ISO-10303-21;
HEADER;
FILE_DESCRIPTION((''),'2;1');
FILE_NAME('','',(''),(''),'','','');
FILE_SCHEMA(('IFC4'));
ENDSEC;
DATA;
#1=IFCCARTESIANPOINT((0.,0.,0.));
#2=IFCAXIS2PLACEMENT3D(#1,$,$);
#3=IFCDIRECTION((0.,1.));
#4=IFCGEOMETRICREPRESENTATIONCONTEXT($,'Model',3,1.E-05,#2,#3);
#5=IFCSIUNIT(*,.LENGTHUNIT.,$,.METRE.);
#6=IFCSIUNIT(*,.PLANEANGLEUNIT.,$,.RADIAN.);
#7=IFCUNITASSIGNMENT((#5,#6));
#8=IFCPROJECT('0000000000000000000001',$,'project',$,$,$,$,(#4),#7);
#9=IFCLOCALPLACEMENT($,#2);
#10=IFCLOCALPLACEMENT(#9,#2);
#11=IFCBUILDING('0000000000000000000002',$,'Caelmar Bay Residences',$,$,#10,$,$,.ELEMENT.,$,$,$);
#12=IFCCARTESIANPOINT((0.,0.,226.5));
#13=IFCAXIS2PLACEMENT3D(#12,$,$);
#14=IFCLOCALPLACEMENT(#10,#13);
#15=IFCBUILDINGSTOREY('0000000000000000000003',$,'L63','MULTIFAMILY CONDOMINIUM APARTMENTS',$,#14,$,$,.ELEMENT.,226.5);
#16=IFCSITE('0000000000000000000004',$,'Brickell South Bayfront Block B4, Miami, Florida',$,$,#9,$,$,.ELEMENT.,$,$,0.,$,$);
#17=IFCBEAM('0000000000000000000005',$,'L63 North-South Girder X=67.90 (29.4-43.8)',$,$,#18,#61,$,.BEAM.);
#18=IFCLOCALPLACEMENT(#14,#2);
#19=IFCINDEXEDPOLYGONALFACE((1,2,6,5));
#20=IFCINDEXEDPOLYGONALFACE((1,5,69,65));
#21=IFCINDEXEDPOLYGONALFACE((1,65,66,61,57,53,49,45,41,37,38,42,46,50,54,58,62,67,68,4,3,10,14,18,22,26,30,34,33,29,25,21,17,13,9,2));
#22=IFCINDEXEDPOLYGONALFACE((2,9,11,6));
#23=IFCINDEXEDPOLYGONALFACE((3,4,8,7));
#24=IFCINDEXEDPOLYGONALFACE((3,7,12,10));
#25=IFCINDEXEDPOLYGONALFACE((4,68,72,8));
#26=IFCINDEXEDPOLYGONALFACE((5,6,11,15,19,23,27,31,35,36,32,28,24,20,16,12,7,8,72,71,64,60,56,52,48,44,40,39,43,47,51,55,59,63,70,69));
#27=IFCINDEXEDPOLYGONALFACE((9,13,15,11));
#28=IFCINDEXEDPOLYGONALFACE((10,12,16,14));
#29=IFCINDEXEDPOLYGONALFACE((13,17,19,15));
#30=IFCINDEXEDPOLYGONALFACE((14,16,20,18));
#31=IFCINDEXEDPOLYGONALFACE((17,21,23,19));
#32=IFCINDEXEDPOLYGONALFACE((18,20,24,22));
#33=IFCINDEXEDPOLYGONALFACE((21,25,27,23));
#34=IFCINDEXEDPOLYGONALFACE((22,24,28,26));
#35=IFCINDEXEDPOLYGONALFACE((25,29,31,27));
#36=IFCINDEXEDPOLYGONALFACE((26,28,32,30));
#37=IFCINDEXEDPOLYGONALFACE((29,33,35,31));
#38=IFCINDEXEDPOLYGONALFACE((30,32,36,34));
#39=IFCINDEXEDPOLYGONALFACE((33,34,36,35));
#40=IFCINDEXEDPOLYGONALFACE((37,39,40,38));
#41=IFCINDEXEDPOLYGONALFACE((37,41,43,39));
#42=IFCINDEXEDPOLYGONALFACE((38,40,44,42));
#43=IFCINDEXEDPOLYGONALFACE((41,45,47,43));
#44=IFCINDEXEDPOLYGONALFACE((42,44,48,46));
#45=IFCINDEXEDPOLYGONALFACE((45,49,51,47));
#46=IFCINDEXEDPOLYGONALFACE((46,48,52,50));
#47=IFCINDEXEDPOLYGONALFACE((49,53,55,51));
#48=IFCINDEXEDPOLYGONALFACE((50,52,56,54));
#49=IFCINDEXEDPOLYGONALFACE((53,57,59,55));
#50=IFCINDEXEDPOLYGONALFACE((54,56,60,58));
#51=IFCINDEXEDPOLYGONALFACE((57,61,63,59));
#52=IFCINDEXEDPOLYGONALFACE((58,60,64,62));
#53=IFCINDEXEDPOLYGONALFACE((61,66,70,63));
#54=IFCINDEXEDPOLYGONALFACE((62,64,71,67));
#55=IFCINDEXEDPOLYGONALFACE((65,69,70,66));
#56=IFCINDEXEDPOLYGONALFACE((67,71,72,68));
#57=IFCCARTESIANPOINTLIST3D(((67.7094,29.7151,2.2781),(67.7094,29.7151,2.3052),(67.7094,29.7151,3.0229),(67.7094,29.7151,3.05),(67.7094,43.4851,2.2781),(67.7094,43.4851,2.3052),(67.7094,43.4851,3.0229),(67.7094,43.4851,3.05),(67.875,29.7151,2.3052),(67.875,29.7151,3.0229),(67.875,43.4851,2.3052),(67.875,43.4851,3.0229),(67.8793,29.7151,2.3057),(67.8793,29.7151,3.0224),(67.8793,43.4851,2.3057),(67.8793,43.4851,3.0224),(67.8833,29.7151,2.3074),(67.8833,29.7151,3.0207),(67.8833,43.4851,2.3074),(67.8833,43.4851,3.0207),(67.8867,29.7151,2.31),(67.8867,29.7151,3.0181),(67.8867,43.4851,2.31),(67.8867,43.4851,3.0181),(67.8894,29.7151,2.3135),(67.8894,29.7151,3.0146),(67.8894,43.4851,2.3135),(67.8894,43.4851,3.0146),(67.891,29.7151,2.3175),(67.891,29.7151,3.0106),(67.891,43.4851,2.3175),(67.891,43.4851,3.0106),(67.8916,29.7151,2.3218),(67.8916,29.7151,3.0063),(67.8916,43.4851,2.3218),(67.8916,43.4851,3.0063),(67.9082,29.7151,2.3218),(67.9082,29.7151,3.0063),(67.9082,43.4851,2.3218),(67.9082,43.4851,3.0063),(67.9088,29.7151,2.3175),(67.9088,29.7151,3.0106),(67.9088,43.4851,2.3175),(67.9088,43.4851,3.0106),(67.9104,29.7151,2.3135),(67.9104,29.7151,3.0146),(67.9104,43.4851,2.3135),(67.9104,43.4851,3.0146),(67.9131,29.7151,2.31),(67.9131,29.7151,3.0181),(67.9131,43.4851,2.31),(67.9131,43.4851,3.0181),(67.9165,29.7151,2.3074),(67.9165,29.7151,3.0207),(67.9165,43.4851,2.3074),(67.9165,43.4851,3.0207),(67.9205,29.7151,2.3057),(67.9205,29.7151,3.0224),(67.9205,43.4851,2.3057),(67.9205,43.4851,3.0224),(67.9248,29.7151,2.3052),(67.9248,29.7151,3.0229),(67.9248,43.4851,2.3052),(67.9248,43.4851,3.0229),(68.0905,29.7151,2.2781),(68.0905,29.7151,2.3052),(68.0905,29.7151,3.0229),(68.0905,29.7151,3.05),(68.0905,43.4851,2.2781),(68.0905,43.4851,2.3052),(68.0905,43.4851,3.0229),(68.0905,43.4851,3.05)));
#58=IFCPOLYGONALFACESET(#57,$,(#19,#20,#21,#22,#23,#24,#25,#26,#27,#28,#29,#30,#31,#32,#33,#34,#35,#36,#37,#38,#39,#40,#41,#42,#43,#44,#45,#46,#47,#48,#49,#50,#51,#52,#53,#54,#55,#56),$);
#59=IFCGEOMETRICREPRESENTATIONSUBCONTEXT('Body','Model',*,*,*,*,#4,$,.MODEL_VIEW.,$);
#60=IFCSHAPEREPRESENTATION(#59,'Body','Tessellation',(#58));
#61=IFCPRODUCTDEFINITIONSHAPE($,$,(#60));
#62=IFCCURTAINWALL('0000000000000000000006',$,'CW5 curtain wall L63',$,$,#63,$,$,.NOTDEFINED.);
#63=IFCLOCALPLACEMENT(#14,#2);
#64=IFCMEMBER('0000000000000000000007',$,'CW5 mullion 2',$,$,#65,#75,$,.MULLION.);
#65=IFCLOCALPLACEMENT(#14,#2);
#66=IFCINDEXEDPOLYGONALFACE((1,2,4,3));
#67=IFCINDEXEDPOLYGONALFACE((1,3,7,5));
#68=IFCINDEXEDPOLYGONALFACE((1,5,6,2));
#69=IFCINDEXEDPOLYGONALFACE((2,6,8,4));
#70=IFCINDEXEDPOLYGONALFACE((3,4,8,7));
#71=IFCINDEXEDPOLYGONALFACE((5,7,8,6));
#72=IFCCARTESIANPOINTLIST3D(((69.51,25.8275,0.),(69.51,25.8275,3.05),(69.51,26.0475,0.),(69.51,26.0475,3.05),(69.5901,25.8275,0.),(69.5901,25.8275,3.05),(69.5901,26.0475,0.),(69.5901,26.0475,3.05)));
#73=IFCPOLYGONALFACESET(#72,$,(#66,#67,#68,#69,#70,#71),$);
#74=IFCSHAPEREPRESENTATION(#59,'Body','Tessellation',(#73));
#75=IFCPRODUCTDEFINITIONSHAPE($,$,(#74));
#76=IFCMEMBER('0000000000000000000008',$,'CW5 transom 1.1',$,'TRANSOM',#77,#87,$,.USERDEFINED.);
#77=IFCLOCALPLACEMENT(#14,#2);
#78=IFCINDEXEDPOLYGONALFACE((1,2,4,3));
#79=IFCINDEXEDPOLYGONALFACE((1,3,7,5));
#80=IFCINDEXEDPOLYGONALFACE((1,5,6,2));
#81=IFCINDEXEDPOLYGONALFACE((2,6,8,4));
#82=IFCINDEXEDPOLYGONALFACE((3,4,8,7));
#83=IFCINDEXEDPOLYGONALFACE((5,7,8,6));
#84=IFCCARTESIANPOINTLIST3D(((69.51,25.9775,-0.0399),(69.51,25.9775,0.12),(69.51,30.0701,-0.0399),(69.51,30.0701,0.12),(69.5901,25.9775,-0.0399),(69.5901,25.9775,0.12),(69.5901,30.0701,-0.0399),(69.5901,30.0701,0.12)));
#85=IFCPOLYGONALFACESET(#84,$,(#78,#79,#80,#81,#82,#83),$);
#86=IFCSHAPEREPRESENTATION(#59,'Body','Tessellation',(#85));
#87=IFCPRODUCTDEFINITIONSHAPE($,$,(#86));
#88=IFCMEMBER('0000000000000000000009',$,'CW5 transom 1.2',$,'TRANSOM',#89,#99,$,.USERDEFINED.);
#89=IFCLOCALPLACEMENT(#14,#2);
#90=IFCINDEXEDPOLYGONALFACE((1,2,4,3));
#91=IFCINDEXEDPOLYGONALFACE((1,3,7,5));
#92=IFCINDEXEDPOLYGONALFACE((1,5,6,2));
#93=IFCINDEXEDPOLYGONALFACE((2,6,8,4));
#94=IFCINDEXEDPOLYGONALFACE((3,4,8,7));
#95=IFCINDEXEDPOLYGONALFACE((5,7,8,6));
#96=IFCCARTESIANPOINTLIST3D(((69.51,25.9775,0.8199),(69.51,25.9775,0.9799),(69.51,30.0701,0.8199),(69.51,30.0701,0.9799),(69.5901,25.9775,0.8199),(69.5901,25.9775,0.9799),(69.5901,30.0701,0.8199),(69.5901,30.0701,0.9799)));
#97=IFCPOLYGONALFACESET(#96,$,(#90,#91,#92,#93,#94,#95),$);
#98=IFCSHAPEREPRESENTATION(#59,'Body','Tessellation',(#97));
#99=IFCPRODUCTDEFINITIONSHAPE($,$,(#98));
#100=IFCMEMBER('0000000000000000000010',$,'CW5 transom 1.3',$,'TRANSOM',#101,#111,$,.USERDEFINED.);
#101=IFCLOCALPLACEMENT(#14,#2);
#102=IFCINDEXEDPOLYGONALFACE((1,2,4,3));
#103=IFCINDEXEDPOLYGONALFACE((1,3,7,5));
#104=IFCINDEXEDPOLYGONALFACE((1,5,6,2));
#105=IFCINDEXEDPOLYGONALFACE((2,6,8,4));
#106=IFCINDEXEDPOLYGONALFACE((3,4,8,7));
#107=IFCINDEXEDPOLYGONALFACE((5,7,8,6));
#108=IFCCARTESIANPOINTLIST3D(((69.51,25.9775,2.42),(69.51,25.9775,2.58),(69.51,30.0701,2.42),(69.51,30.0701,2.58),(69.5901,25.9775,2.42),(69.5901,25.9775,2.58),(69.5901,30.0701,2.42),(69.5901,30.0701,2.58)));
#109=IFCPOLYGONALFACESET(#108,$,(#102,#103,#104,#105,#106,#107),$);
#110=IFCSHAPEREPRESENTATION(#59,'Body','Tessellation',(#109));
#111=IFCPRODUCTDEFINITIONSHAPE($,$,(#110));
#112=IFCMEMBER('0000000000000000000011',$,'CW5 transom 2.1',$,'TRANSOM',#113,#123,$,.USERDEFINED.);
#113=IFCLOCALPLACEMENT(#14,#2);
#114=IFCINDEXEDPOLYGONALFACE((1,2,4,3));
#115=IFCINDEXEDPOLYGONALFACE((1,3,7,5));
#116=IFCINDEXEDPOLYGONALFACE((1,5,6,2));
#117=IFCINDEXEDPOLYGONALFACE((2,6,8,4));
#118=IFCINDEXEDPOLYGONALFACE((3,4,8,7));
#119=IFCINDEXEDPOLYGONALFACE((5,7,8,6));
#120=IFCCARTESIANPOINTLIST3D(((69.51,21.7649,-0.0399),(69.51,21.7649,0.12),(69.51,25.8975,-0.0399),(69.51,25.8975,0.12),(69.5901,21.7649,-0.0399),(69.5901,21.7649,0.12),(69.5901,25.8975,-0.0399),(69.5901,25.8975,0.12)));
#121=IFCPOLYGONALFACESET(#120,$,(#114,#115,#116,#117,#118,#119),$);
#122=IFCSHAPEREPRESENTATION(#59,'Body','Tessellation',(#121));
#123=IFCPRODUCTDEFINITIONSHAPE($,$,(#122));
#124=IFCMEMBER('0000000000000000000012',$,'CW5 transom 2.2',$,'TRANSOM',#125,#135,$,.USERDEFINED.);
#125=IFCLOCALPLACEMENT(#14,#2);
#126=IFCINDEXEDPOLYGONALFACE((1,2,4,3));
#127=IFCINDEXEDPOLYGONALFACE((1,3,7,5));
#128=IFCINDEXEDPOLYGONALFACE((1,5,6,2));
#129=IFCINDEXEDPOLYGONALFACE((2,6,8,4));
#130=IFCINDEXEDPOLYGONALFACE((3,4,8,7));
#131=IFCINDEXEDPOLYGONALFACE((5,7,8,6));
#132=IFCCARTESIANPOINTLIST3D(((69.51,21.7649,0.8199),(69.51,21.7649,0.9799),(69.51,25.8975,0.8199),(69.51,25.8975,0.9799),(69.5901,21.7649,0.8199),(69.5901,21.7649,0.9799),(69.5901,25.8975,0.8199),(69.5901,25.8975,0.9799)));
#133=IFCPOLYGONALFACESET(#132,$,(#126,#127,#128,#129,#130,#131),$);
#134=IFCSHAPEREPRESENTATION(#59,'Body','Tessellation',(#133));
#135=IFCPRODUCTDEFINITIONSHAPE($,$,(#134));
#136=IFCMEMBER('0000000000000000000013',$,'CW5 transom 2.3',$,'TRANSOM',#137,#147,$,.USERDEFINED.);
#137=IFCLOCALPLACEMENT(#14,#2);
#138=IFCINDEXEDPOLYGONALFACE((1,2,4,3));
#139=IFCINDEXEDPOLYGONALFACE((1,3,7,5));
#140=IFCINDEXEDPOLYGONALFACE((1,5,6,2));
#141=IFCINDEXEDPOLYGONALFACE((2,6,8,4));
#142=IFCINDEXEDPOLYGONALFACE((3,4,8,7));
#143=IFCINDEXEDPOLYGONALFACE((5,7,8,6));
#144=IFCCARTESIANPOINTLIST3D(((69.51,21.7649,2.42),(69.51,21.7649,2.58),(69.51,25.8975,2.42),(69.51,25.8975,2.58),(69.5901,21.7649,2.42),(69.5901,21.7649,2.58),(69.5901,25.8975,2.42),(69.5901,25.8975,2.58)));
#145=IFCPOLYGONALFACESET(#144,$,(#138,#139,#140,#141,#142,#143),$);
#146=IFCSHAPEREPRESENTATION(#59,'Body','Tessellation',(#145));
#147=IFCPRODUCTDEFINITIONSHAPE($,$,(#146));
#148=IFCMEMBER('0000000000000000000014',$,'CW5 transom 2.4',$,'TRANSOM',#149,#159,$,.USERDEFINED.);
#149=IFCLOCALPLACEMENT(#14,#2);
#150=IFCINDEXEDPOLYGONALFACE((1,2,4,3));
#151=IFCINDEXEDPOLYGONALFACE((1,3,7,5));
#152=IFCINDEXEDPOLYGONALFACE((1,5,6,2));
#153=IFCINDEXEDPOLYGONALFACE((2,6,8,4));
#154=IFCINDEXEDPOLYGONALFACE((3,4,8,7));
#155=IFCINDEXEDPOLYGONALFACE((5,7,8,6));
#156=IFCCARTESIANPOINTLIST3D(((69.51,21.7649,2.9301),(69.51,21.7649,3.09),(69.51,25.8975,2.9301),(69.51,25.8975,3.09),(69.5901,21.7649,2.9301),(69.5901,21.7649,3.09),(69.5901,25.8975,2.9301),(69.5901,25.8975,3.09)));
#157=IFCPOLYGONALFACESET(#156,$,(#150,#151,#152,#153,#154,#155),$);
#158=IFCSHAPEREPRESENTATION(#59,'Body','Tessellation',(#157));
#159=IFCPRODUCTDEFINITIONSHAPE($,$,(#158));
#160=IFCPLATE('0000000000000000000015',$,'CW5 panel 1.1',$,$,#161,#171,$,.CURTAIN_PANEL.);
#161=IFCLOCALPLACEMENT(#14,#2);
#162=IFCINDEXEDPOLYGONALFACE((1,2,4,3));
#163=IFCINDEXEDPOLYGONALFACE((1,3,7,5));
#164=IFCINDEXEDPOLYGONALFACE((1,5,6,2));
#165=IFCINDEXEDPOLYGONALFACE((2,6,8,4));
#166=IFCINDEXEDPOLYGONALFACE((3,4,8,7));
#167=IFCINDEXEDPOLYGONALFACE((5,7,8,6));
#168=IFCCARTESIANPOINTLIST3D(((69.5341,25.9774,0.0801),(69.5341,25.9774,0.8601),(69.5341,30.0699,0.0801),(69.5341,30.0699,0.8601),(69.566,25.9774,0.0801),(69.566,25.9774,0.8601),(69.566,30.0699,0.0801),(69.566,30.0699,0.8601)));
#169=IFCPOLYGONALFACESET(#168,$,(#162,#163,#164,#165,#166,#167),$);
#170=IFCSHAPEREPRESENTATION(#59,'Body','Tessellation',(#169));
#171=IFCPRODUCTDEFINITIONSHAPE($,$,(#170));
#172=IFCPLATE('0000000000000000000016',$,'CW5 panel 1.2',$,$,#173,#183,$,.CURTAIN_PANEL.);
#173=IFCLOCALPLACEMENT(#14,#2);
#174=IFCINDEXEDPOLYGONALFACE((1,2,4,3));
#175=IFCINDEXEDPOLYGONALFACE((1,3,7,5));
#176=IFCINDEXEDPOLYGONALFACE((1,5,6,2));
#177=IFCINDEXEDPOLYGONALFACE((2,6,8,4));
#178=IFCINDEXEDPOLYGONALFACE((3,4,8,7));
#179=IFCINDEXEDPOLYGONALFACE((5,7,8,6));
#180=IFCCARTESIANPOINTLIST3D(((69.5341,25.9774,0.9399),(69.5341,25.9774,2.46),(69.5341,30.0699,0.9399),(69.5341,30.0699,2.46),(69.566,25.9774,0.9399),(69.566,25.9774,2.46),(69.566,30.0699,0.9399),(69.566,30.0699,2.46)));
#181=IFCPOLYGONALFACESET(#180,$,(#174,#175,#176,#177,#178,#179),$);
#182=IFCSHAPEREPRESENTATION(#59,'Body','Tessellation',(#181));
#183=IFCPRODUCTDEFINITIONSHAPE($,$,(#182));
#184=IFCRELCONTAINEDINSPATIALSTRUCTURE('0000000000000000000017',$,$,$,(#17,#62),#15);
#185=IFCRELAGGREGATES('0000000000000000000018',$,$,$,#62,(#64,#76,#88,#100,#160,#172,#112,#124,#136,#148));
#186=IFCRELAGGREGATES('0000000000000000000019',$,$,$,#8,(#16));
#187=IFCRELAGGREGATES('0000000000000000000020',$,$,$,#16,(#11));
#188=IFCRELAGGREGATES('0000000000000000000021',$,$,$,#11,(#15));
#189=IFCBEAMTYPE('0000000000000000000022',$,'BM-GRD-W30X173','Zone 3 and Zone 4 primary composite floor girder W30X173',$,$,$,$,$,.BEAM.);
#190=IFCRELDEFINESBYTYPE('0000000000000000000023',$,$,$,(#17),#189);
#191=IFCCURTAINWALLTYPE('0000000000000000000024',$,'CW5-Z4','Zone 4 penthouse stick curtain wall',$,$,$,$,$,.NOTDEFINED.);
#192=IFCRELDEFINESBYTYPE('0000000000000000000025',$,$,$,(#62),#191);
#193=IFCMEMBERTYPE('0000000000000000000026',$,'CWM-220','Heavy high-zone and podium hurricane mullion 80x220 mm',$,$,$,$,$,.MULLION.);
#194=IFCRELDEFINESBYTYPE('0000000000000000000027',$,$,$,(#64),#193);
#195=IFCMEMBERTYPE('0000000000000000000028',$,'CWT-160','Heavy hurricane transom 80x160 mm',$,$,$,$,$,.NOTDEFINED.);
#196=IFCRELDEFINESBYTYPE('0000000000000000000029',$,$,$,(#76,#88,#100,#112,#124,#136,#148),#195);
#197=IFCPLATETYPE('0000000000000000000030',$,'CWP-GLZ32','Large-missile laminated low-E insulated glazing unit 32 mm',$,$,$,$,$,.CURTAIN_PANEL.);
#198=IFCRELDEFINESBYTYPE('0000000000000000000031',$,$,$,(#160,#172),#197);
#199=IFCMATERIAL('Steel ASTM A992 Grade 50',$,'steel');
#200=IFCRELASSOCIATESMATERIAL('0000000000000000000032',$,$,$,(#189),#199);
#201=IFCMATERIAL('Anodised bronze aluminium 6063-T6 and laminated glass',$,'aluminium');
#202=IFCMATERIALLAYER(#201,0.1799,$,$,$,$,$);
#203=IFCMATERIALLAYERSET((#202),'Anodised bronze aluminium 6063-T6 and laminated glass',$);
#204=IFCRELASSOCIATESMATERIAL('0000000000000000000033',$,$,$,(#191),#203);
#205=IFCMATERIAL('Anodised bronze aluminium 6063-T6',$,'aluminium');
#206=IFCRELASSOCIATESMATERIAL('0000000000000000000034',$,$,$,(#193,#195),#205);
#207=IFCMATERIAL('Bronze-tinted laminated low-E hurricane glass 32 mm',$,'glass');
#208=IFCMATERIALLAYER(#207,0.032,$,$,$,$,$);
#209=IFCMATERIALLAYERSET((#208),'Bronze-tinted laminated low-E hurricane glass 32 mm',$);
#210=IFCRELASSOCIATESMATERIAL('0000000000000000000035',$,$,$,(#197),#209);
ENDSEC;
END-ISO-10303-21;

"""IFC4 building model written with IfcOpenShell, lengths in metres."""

from ifc_helpers import new_model, si_unit, direction, frame, origin, origin_2d, place, context, subcontext, project, spatial, rectangle, i_section, extrude, material, layer, layer_set, material_profile, profile_set, type_object, element, aggregate, save


model = new_model("IFC4")

# Units and contexts
model_context = context("Model", 3, precision=1e-05, world=origin(), true_north=direction((0.0, 1.0)))
body_context = subcontext(model_context, "Body", "Model", "MODEL_VIEW")
ifc_project = project(units=[si_unit("LENGTHUNIT", "METRE"), si_unit("PLANEANGLEUNIT", "RADIAN")], contexts=[model_context])

# Site, building, storey
site_placement = place(None, origin())
site = spatial("IfcSite", under=ifc_project, at=site_placement, Name="Brickell South Bayfront Block B4, Miami, Florida", CompositionType="ELEMENT", RefElevation=0.0)
building_placement = place(site_placement, origin())
building = spatial("IfcBuilding", under=site, at=building_placement, Name="Caelmar Bay Residences", CompositionType="ELEMENT")
storey_placement = place(building_placement, frame((0.0, 0.0, 226.5)))
storey = spatial("IfcBuildingStorey", under=building, at=storey_placement, Name="L63", Description="MULTIFAMILY CONDOMINIUM APARTMENTS", CompositionType="ELEMENT", Elevation=226.5)

# Beam
ifc_material_1 = material(Name="Steel ASTM A992 Grade 50", Category="steel")
ifc_material_profile_1 = material_profile(ifc_material_1, i_section(OverallWidth=0.3811, OverallDepth=0.772, WebThickness=0.0166, FlangeThickness=0.0271, FilletRadius=0.0166, at=origin_2d()), Name="W30X173")
ifc_profile_set_1 = profile_set([ifc_material_profile_1], Name="Steel ASTM A992 Grade 50")
beam_type_1 = type_object("IfcBeamType", Name="BM-GRD-W30X173", Description="Zone 3 and Zone 4 primary composite floor girder W30X173", PredefinedType="BEAM", material=ifc_profile_set_1)
beam_1_placement = place(storey_placement, frame((67.8999, 29.7151, 2.6641), z_axis=(0.0, 1.0, 0.0), x_axis=(-1.0, 0.0, 0.0)))
element("IfcBeam", 1, at=beam_1_placement, inside=storey, type_object=beam_type_1, Name="L63 North-South Girder X=67.90 (29.4-43.8)", PredefinedType="BEAM", context=body_context, shape_type="SweptSolid", body=[
    extrude(i_section(OverallWidth=0.3811, OverallDepth=0.772, WebThickness=0.0166, FlangeThickness=0.0271, FilletRadius=0.0166, at=origin_2d()), origin(), (0.0, 0.0, 1.0), 13.77),
])

# Curtain wall, members, plates
ifc_material_2 = material(Name="Anodised bronze aluminium 6063-T6 and laminated glass", Category="aluminium")
ifc_layer_1 = layer(ifc_material_2, 0.1799)
ifc_layer_set_1 = layer_set([ifc_layer_1], Name="Anodised bronze aluminium 6063-T6 and laminated glass")
curtain_wall_type = type_object("IfcCurtainWallType", Name="CW5-Z4", Description="Zone 4 penthouse stick curtain wall", PredefinedType="NOTDEFINED", material=ifc_layer_set_1)
curtain_wall_placement = place(storey_placement, origin())
curtain_wall = element("IfcCurtainWall", 2, at=curtain_wall_placement, inside=storey, type_object=curtain_wall_type, Name="CW5 curtain wall L63", PredefinedType="NOTDEFINED")
ifc_material_3 = material(Name="Anodised bronze aluminium 6063-T6", Category="aluminium")
ifc_material_profile_2 = material_profile(ifc_material_3, rectangle(XDim=0.0801, YDim=0.22, at=origin_2d()), Name="CWM-80X220")
ifc_profile_set_2 = profile_set([ifc_material_profile_2], Name="Anodised bronze aluminium 6063-T6")
member_type_1 = type_object("IfcMemberType", Name="CWM-220", Description="Heavy high-zone and podium hurricane mullion 80x220 mm", PredefinedType="MULLION", material=ifc_profile_set_2)
member_1_placement = place(storey_placement, frame((69.55, 25.9375, 0.0), z_axis=(0.0, 0.0, 1.0), x_axis=(1.0, 0.0, 0.0)))
member_1 = element("IfcMember", 3, at=member_1_placement, type_object=member_type_1, Name="CW5 mullion 2", PredefinedType="MULLION", context=body_context, shape_type="SweptSolid", body=[
    extrude(rectangle(XDim=0.0801, YDim=0.22, at=origin_2d()), origin(), (0.0, 0.0, 1.0), 3.05),
])
ifc_material_profile_3 = material_profile(ifc_material_3, rectangle(XDim=0.0801, YDim=0.1599, at=origin_2d()), Name="CWT-80X160")
ifc_profile_set_3 = profile_set([ifc_material_profile_3], Name="Anodised bronze aluminium 6063-T6")
member_type_2 = type_object("IfcMemberType", Name="CWT-160", Description="Heavy hurricane transom 80x160 mm", PredefinedType="NOTDEFINED", material=ifc_profile_set_3)
member_2_placement = place(storey_placement, frame((69.55, 30.0701, 0.04), z_axis=(0.0, -1.0, 0.0), x_axis=(1.0, 0.0, 0.0)))
member_2 = element("IfcMember", 4, at=member_2_placement, type_object=member_type_2, Name="CW5 transom 1.1", ObjectType="TRANSOM", PredefinedType="USERDEFINED", context=body_context, shape_type="SweptSolid", body=[
    extrude(rectangle(XDim=0.0801, YDim=0.1599, at=origin_2d()), origin(), (0.0, 0.0, 1.0), 4.0925),
])
member_3_placement = place(storey_placement, frame((69.55, 30.0701, 0.8999), z_axis=(0.0, -1.0, 0.0), x_axis=(1.0, 0.0, 0.0)))
member_3 = element("IfcMember", 5, at=member_3_placement, type_object=member_type_2, Name="CW5 transom 1.2", ObjectType="TRANSOM", PredefinedType="USERDEFINED", context=body_context, shape_type="SweptSolid", body=[
    extrude(rectangle(XDim=0.0801, YDim=0.1599, at=origin_2d()), origin(), (0.0, 0.0, 1.0), 4.0925),
])
member_4_placement = place(storey_placement, frame((69.55, 30.0701, 2.5), z_axis=(0.0, -1.0, 0.0), x_axis=(1.0, 0.0, 0.0)))
member_4 = element("IfcMember", 6, at=member_4_placement, type_object=member_type_2, Name="CW5 transom 1.3", ObjectType="TRANSOM", PredefinedType="USERDEFINED", context=body_context, shape_type="SweptSolid", body=[
    extrude(rectangle(XDim=0.0801, YDim=0.1599, at=origin_2d()), origin(), (0.0, 0.0, 1.0), 4.0925),
])
member_5_placement = place(storey_placement, frame((69.55, 25.8975, 0.04), z_axis=(0.0, -1.0, 0.0), x_axis=(1.0, 0.0, 0.0)))
member_5 = element("IfcMember", 7, at=member_5_placement, type_object=member_type_2, Name="CW5 transom 2.1", ObjectType="TRANSOM", PredefinedType="USERDEFINED", context=body_context, shape_type="SweptSolid", body=[
    extrude(rectangle(XDim=0.0801, YDim=0.1599, at=origin_2d()), origin(), (0.0, 0.0, 1.0), 4.1326),
])
member_6_placement = place(storey_placement, frame((69.55, 25.8975, 0.8999), z_axis=(0.0, -1.0, 0.0), x_axis=(1.0, 0.0, 0.0)))
member_6 = element("IfcMember", 8, at=member_6_placement, type_object=member_type_2, Name="CW5 transom 2.2", ObjectType="TRANSOM", PredefinedType="USERDEFINED", context=body_context, shape_type="SweptSolid", body=[
    extrude(rectangle(XDim=0.0801, YDim=0.1599, at=origin_2d()), origin(), (0.0, 0.0, 1.0), 4.1326),
])
member_7_placement = place(storey_placement, frame((69.55, 25.8975, 2.5), z_axis=(0.0, -1.0, 0.0), x_axis=(1.0, 0.0, 0.0)))
member_7 = element("IfcMember", 9, at=member_7_placement, type_object=member_type_2, Name="CW5 transom 2.3", ObjectType="TRANSOM", PredefinedType="USERDEFINED", context=body_context, shape_type="SweptSolid", body=[
    extrude(rectangle(XDim=0.0801, YDim=0.1599, at=origin_2d()), origin(), (0.0, 0.0, 1.0), 4.1326),
])
member_8_placement = place(storey_placement, frame((69.55, 25.8975, 3.01), z_axis=(0.0, -1.0, 0.0), x_axis=(1.0, 0.0, 0.0)))
member_8 = element("IfcMember", 10, at=member_8_placement, type_object=member_type_2, Name="CW5 transom 2.4", ObjectType="TRANSOM", PredefinedType="USERDEFINED", context=body_context, shape_type="SweptSolid", body=[
    extrude(rectangle(XDim=0.0801, YDim=0.1599, at=origin_2d()), origin(), (0.0, 0.0, 1.0), 4.1326),
])
ifc_material_4 = material(Name="Bronze-tinted laminated low-E hurricane glass 32 mm", Category="glass")
ifc_layer_2 = layer(ifc_material_4, 0.032)
ifc_layer_set_2 = layer_set([ifc_layer_2], Name="Bronze-tinted laminated low-E hurricane glass 32 mm")
plate_type = type_object("IfcPlateType", Name="CWP-GLZ32", Description="Large-missile laminated low-E insulated glazing unit 32 mm", PredefinedType="CURTAIN_PANEL", material=ifc_layer_set_2)
plate_1_placement = place(storey_placement, frame((69.55, 28.0237, 0.0801), z_axis=(0.0, 0.0, 1.0), x_axis=(0.0, -1.0, 0.0)))
plate_1 = element("IfcPlate", 11, at=plate_1_placement, type_object=plate_type, Name="CW5 panel 1.1", PredefinedType="CURTAIN_PANEL", context=body_context, shape_type="SweptSolid", body=[
    extrude(rectangle(XDim=4.0925, YDim=0.032, at=origin_2d()), origin(), (0.0, 0.0, 1.0), 0.78),
])
plate_2_placement = place(storey_placement, frame((69.55, 28.0237, 0.9399), z_axis=(0.0, 0.0, 1.0), x_axis=(0.0, -1.0, 0.0)))
plate_2 = element("IfcPlate", 12, at=plate_2_placement, type_object=plate_type, Name="CW5 panel 1.2", PredefinedType="CURTAIN_PANEL", context=body_context, shape_type="SweptSolid", body=[
    extrude(rectangle(XDim=4.0925, YDim=0.032, at=origin_2d()), origin(), (0.0, 0.0, 1.0), 1.52),
])
aggregate(curtain_wall, [member_1, member_2, member_3, member_4, plate_1, plate_2, member_5, member_6, member_7, member_8])

save(model, "model.ifc")
